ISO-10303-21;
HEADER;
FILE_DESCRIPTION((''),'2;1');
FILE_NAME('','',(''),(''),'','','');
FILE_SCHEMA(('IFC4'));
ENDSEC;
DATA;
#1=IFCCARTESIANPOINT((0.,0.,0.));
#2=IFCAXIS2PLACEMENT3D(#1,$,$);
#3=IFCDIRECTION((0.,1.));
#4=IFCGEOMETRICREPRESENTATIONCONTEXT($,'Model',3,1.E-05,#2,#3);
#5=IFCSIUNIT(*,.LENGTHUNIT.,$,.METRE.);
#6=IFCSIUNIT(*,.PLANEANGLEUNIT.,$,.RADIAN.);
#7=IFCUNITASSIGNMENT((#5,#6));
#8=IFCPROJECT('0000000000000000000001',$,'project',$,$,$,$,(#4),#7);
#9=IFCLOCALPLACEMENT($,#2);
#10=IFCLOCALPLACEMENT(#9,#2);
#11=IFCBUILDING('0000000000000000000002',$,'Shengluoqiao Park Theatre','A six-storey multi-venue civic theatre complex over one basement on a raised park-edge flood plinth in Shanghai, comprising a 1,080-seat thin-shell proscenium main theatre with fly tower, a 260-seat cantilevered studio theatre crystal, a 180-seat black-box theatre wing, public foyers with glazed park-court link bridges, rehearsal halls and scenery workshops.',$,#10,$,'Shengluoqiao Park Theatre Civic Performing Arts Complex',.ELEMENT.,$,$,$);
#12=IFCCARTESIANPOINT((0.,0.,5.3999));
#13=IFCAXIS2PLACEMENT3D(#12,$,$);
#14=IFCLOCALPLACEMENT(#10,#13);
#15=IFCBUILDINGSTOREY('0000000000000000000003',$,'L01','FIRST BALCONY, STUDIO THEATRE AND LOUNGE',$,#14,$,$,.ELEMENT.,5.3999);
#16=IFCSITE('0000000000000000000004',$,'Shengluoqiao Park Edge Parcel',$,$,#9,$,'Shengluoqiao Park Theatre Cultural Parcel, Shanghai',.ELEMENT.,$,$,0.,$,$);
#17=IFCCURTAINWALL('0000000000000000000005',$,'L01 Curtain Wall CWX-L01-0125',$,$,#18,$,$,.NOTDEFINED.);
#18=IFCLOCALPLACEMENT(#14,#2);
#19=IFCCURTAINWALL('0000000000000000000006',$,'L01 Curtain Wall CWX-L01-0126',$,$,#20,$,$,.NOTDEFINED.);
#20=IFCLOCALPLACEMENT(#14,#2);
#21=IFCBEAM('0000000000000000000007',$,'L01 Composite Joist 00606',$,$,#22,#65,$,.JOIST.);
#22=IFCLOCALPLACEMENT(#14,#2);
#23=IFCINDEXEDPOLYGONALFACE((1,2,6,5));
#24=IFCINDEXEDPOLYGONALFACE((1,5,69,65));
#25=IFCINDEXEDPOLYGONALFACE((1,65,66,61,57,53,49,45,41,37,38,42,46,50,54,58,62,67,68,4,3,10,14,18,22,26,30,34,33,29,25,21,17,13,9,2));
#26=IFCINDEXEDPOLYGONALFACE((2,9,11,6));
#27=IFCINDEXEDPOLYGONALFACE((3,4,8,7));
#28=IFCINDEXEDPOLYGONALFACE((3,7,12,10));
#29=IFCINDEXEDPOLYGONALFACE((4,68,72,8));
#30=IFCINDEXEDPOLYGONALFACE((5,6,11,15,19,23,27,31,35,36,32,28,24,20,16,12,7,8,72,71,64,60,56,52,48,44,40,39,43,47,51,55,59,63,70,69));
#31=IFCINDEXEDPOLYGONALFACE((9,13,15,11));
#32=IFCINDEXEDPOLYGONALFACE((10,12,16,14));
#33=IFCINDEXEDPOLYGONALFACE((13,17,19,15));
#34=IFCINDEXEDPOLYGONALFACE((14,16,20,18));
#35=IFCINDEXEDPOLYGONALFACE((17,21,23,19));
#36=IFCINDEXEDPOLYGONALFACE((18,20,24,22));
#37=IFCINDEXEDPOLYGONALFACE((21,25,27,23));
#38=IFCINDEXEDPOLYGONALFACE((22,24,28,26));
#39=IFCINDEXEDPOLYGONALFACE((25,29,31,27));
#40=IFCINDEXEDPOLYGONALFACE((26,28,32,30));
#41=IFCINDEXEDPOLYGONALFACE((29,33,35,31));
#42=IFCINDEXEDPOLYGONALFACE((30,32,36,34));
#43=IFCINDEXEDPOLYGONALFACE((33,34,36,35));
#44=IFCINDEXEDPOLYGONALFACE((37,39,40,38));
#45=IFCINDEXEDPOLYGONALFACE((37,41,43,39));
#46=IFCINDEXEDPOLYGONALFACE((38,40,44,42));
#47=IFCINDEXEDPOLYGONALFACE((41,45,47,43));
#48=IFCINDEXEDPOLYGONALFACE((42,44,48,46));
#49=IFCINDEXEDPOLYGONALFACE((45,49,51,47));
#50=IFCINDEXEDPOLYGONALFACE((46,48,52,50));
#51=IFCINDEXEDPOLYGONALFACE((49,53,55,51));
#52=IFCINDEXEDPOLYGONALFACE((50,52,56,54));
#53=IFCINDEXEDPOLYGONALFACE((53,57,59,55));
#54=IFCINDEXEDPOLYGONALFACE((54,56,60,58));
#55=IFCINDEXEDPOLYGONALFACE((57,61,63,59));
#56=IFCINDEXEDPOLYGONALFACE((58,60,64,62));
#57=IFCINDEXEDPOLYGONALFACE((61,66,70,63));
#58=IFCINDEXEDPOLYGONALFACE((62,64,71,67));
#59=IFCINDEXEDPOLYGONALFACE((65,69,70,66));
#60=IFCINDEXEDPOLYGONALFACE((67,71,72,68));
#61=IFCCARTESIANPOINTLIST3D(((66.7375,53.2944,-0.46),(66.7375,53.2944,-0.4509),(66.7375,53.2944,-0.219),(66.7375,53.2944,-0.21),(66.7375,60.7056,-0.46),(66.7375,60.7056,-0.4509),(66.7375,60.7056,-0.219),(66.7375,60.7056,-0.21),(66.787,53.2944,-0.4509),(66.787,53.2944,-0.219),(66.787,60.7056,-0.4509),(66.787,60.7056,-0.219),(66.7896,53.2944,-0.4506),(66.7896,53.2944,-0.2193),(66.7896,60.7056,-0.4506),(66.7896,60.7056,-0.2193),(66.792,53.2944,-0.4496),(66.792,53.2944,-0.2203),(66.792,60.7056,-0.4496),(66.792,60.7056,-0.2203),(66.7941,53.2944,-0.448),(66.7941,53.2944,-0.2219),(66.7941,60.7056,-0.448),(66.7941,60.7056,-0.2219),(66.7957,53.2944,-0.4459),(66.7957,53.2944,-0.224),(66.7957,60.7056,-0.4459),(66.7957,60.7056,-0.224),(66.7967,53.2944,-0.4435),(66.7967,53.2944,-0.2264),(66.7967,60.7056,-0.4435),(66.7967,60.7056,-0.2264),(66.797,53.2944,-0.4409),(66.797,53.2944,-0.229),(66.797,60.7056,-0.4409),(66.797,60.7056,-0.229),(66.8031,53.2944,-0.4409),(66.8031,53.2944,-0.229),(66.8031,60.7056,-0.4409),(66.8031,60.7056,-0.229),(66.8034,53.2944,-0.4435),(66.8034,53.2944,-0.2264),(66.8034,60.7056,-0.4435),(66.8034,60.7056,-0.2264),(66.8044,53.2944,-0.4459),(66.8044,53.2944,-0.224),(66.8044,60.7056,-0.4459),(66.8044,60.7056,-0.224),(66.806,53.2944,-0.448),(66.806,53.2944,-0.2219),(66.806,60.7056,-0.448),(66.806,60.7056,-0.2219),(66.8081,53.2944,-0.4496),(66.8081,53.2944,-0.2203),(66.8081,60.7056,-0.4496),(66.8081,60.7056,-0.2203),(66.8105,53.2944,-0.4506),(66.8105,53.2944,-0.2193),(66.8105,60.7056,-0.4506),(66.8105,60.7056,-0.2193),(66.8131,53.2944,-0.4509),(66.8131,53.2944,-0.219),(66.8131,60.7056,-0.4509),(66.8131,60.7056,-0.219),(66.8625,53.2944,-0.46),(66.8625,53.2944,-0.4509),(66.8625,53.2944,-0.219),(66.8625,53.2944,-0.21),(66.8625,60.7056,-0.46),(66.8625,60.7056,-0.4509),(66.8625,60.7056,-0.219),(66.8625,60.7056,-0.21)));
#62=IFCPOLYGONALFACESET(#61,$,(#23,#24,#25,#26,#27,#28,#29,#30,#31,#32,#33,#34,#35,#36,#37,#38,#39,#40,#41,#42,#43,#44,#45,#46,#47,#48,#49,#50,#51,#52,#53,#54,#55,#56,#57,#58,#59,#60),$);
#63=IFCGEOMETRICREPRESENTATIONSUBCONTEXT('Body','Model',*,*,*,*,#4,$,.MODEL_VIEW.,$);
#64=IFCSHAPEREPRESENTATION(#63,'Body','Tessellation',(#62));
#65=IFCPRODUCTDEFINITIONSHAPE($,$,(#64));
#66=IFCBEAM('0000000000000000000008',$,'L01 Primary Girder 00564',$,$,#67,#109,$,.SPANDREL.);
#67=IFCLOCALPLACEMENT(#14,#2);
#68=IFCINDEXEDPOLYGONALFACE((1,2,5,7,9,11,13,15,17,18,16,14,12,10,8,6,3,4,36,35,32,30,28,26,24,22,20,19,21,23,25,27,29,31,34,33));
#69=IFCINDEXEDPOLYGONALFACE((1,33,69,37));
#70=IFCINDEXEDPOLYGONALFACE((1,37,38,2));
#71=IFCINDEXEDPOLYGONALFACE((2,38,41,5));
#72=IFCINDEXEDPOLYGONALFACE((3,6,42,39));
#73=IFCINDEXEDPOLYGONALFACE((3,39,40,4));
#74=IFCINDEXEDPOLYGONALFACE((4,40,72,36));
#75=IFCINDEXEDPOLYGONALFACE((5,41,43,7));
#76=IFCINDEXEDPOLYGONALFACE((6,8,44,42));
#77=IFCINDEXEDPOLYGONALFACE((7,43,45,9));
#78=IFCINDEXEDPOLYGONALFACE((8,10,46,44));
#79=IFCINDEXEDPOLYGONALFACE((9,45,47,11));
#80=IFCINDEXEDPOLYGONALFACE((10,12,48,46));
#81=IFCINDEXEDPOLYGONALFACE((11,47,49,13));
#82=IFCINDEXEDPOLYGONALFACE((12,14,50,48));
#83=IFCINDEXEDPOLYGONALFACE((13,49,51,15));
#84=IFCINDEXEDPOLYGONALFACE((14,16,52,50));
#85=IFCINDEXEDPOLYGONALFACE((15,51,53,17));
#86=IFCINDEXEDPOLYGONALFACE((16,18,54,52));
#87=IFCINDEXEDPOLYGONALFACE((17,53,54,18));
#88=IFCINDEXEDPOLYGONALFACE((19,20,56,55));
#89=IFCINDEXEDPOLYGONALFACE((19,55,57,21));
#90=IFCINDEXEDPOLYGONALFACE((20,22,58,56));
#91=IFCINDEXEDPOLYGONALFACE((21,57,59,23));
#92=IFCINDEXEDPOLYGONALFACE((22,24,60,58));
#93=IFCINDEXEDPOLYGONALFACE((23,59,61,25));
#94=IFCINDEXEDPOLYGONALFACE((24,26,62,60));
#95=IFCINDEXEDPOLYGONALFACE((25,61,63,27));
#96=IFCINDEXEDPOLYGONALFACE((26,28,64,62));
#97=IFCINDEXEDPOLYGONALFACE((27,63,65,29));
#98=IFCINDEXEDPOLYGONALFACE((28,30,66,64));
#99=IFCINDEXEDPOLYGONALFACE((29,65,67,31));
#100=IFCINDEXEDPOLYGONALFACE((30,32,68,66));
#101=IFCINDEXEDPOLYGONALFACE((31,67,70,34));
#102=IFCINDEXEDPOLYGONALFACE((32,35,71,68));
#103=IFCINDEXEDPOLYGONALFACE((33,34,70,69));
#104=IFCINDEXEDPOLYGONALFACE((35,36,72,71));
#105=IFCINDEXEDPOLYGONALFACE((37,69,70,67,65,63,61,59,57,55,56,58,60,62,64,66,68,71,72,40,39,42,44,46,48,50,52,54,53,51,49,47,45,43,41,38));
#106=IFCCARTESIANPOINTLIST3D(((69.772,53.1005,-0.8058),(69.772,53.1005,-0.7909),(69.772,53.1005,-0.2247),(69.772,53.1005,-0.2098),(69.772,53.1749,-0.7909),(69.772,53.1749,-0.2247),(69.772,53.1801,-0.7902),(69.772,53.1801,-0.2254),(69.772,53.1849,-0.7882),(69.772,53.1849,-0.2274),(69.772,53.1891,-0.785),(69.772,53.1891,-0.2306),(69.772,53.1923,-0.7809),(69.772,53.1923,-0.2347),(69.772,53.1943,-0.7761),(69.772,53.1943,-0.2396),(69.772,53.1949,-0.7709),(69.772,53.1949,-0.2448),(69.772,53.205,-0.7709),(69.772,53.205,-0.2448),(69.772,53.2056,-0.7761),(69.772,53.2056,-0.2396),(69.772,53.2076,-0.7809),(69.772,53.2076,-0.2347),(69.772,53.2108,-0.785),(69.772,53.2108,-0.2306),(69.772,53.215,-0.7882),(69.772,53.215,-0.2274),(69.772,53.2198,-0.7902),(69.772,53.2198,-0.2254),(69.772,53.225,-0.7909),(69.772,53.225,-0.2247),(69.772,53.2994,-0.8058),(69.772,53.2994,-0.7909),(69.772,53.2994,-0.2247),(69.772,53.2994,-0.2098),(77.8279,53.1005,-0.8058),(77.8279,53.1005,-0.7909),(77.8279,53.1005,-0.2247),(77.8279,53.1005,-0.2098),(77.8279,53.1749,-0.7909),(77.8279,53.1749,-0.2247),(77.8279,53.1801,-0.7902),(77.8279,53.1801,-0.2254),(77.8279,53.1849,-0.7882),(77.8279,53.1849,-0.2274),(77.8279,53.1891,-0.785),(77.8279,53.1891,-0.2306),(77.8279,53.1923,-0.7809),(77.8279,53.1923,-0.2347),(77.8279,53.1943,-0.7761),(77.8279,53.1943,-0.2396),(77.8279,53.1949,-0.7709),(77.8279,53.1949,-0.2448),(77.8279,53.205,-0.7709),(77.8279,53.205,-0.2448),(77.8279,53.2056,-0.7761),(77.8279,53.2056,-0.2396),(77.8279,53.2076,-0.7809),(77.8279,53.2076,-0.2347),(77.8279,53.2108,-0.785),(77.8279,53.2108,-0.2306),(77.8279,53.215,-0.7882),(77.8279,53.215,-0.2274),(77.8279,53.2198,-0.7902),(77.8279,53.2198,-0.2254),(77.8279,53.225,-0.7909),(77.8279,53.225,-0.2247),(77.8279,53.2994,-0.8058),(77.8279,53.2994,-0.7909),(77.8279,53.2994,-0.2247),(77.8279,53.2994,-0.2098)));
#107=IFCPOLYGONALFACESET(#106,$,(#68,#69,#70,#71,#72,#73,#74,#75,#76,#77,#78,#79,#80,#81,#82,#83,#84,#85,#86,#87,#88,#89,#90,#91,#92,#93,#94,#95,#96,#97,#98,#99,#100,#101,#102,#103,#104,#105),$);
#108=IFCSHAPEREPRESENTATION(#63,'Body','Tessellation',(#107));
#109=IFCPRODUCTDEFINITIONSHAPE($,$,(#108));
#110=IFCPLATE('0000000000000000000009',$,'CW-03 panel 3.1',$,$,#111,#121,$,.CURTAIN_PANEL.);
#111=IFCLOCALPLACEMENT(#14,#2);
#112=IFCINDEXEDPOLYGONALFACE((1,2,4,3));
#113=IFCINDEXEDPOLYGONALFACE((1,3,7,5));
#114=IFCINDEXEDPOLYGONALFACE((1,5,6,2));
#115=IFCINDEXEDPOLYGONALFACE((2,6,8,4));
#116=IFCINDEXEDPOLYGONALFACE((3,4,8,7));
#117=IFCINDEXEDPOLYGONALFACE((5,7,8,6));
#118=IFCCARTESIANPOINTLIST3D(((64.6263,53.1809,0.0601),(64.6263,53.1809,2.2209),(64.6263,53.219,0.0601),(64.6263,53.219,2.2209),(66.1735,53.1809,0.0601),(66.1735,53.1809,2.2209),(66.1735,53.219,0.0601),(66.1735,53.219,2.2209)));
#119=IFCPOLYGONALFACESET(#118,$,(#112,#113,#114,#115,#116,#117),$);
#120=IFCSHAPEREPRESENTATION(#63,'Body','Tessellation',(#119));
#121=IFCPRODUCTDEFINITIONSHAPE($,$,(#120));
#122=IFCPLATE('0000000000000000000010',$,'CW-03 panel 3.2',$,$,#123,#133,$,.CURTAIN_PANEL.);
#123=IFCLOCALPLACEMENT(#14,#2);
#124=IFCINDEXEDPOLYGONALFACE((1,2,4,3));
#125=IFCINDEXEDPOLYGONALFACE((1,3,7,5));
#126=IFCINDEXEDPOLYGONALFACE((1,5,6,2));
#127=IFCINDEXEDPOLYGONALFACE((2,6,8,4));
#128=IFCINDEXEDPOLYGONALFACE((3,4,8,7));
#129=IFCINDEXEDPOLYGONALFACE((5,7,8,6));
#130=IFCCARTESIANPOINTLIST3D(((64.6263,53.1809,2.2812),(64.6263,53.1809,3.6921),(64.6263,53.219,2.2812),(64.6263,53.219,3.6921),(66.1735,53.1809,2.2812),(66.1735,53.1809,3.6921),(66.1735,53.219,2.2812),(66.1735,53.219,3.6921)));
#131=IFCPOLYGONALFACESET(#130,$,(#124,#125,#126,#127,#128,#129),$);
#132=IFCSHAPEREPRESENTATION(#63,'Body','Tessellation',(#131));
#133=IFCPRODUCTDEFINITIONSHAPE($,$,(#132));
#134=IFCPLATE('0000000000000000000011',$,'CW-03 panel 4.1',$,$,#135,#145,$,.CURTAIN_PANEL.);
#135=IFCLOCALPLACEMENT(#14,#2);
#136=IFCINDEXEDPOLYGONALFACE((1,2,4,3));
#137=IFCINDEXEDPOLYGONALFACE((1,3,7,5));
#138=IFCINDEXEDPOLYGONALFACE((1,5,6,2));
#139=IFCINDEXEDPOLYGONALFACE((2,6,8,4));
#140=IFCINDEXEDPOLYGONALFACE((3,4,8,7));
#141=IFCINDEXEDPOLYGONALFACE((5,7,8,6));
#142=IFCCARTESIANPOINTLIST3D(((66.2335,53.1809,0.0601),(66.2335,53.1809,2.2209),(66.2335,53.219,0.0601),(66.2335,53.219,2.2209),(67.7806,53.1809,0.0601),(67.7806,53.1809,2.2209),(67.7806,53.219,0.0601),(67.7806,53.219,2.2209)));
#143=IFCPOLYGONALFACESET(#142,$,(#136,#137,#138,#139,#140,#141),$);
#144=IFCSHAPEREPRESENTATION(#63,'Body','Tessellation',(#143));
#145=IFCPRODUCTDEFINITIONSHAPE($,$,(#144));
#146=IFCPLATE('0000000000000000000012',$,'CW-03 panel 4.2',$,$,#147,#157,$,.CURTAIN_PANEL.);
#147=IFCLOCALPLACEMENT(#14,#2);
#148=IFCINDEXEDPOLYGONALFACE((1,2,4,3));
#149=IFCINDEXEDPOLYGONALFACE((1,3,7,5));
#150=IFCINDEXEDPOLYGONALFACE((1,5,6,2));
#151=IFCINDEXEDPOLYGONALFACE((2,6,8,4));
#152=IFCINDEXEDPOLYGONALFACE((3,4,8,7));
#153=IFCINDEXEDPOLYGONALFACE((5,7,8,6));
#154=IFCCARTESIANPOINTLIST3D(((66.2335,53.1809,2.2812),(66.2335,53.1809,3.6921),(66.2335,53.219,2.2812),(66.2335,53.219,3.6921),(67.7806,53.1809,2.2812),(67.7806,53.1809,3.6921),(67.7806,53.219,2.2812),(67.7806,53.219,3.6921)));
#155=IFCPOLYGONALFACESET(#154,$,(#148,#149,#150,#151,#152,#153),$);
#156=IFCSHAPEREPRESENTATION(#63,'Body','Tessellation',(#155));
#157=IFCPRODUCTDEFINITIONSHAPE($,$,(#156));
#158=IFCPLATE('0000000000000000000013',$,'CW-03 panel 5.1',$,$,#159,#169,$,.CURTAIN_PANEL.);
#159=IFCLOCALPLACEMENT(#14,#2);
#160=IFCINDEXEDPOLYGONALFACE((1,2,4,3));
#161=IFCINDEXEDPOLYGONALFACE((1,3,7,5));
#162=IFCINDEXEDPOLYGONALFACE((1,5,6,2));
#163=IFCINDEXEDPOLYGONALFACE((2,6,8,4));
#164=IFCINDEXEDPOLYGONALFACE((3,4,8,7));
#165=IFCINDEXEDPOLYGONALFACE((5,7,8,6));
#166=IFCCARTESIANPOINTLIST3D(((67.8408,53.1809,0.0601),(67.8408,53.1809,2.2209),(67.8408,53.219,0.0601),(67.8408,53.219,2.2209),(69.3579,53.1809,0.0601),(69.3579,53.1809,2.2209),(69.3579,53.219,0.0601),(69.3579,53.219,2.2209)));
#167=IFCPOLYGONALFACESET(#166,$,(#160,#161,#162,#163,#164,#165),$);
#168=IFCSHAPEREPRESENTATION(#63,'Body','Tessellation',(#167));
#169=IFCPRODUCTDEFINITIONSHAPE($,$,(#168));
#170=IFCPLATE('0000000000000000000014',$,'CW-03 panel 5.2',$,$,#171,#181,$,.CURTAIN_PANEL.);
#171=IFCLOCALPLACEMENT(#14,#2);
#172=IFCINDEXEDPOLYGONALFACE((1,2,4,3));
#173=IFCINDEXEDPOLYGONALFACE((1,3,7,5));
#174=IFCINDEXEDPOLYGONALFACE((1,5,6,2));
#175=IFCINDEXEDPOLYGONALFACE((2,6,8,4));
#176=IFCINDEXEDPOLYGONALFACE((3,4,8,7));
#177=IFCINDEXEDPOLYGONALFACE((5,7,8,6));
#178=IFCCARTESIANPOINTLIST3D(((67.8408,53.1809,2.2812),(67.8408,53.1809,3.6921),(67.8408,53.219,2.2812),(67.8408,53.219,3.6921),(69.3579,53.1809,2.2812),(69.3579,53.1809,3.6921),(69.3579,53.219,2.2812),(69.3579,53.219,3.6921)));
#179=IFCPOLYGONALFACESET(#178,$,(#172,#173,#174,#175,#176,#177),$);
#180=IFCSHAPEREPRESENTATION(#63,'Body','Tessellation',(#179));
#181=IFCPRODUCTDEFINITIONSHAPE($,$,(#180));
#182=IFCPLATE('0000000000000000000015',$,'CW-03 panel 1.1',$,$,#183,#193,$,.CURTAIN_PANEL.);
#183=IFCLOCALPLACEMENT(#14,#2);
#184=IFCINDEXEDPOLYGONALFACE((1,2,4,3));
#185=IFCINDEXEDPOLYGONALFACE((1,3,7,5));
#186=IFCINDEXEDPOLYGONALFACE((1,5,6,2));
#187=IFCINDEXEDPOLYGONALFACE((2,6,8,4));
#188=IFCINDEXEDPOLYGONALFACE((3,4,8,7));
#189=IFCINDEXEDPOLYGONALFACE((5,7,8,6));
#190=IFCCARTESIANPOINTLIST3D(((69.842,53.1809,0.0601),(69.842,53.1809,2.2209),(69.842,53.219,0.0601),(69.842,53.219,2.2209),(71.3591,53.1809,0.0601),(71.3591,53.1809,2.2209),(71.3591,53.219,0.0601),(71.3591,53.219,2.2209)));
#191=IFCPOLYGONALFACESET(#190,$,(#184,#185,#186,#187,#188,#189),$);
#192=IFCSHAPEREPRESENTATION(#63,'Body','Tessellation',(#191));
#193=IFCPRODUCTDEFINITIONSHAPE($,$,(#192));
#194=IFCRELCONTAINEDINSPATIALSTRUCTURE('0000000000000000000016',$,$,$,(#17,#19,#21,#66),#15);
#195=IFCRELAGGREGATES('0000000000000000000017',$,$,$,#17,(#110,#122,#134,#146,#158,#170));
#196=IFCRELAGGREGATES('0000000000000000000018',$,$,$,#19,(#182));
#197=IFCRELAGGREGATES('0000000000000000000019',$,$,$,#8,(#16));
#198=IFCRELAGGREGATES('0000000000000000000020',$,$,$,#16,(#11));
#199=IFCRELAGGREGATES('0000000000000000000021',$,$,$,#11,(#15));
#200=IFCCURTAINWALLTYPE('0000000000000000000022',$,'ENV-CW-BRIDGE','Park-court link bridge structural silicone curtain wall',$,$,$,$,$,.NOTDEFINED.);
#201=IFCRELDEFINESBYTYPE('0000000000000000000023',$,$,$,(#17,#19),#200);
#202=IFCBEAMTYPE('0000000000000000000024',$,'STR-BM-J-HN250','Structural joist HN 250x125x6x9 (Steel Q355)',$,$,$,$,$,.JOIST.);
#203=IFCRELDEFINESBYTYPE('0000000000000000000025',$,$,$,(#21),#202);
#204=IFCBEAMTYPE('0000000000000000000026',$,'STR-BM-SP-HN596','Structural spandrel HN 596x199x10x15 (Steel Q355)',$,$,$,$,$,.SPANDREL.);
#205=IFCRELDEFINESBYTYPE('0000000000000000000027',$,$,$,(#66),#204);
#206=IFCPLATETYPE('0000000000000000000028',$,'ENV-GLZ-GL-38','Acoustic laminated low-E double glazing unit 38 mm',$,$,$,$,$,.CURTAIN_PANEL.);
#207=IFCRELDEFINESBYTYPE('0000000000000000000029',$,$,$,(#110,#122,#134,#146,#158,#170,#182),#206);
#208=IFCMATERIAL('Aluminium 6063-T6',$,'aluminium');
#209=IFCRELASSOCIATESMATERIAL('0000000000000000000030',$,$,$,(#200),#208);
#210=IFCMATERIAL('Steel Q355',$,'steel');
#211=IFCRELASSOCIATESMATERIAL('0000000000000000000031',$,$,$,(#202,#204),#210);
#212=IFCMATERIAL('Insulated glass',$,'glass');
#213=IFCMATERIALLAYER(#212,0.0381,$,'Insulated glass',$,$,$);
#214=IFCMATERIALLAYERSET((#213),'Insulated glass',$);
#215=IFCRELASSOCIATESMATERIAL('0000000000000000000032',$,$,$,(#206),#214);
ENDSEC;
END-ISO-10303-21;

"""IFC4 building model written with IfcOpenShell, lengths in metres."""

from ifc_helpers import new_model, si_unit, direction, frame, origin, origin_2d, place, context, subcontext, project, spatial, rectangle, i_section, extrude, material, layer, layer_set, material_profile, profile_set, type_object, element, aggregate, save


model = new_model("IFC4")

# Units and contexts
model_context = context("Model", 3, precision=1e-05, world=origin(), true_north=direction((0.0, 1.0)))
body_context = subcontext(model_context, "Body", "Model", "MODEL_VIEW")
ifc_project = project(units=[si_unit("LENGTHUNIT", "METRE"), si_unit("PLANEANGLEUNIT", "RADIAN")], contexts=[model_context])

# Site, building, storey
site_placement = place(None, origin())
site = spatial("IfcSite", under=ifc_project, at=site_placement, Name="Shengluoqiao Park Edge Parcel", LongName="Shengluoqiao Park Theatre Cultural Parcel, Shanghai", CompositionType="ELEMENT", RefElevation=0.0)
building_placement = place(site_placement, origin())
building = spatial("IfcBuilding", under=site, at=building_placement, Name="Shengluoqiao Park Theatre", Description="A six-storey multi-venue civic theatre complex over one basement on a raised park-edge flood plinth in Shanghai, comprising a 1,080-seat thin-shell proscenium main theatre with fly tower, a 260-seat cantilevered studio theatre crystal, a 180-seat black-box theatre wing, public foyers with glazed park-court link bridges, rehearsal halls and scenery workshops.", LongName="Shengluoqiao Park Theatre Civic Performing Arts Complex", CompositionType="ELEMENT")
storey_placement = place(building_placement, frame((0.0, 0.0, 5.3999)))
storey = spatial("IfcBuildingStorey", under=building, at=storey_placement, Name="L01", Description="FIRST BALCONY, STUDIO THEATRE AND LOUNGE", CompositionType="ELEMENT", Elevation=5.3999)

# Shared definitions
ifc_material_1 = material(Name="Steel Q355", Category="steel")

# Curtain walls
ifc_material_2 = material(Name="Aluminium 6063-T6", Category="aluminium")
curtain_wall_type = type_object("IfcCurtainWallType", Name="ENV-CW-BRIDGE", Description="Park-court link bridge structural silicone curtain wall", PredefinedType="NOTDEFINED", material=ifc_material_2)
curtain_wall_1_placement = place(storey_placement, origin())
curtain_wall_1 = element("IfcCurtainWall", 1, at=curtain_wall_1_placement, inside=storey, type_object=curtain_wall_type, Name="L01 Curtain Wall CWX-L01-0125", PredefinedType="NOTDEFINED")
curtain_wall_2_placement = place(storey_placement, origin())
curtain_wall_2 = element("IfcCurtainWall", 2, at=curtain_wall_2_placement, inside=storey, type_object=curtain_wall_type, Name="L01 Curtain Wall CWX-L01-0126", PredefinedType="NOTDEFINED")

# Beams
ifc_material_profile_1 = material_profile(ifc_material_1, i_section(OverallWidth=0.125, OverallDepth=0.25, WebThickness=0.0061, FlangeThickness=0.009, FilletRadius=0.01, at=origin_2d()), Name="HN 250x125x6x9")
ifc_profile_set_1 = profile_set([ifc_material_profile_1], Name="Steel Q355")
beam_type_1 = type_object("IfcBeamType", Name="STR-BM-J-HN250", Description="Structural joist HN 250x125x6x9 (Steel Q355)", PredefinedType="JOIST", material=ifc_profile_set_1)
beam_1_placement = place(storey_placement, frame((66.8, 53.2944, -0.335), z_axis=(0.0, 1.0, 0.0), x_axis=(-1.0, 0.0, 0.0)))
element("IfcBeam", 3, at=beam_1_placement, inside=storey, type_object=beam_type_1, Name="L01 Composite Joist 00606", PredefinedType="JOIST", context=body_context, shape_type="SweptSolid", body=[
    extrude(i_section(OverallWidth=0.125, OverallDepth=0.25, WebThickness=0.0061, FlangeThickness=0.009, FilletRadius=0.01, at=origin_2d()), origin(), (0.0, 0.0, 1.0), 7.4111),
])
ifc_material_profile_2 = material_profile(ifc_material_1, i_section(OverallWidth=0.199, OverallDepth=0.5959, WebThickness=0.01, FlangeThickness=0.0149, FilletRadius=0.02, at=origin_2d()), Name="HN 596x199x10x15")
ifc_profile_set_2 = profile_set([ifc_material_profile_2], Name="Steel Q355")
beam_type_2 = type_object("IfcBeamType", Name="STR-BM-SP-HN596", Description="Structural spandrel HN 596x199x10x15 (Steel Q355)", PredefinedType="SPANDREL", material=ifc_profile_set_2)
beam_2_placement = place(storey_placement, frame((69.772, 53.2, -0.5078), z_axis=(1.0, 0.0, 0.0), x_axis=(0.0, 1.0, 0.0)))
element("IfcBeam", 4, at=beam_2_placement, inside=storey, type_object=beam_type_2, Name="L01 Primary Girder 00564", PredefinedType="SPANDREL", context=body_context, shape_type="SweptSolid", body=[
    extrude(i_section(OverallWidth=0.199, OverallDepth=0.5959, WebThickness=0.01, FlangeThickness=0.0149, FilletRadius=0.02, at=origin_2d()), origin(), (0.0, 0.0, 1.0), 8.0559),
])

# Plates
ifc_material_3 = material(Name="Insulated glass", Category="glass")
ifc_layer_1 = layer(ifc_material_3, 0.0381, Name="Insulated glass")
ifc_layer_set_1 = layer_set([ifc_layer_1], Name="Insulated glass")
plate_type_1 = type_object("IfcPlateType", Name="ENV-GLZ-GL-38", Description="Acoustic laminated low-E double glazing unit 38 mm", PredefinedType="CURTAIN_PANEL", material=ifc_layer_set_1)
plate_1_placement = place(storey_placement, frame((65.3999, 53.2, 0.0601), z_axis=(0.0, 0.0, 1.0), x_axis=(1.0, 0.0, 0.0)))
plate_1 = element("IfcPlate", 5, at=plate_1_placement, type_object=plate_type_1, Name="CW-03 panel 3.1", PredefinedType="CURTAIN_PANEL", context=body_context, shape_type="SweptSolid", body=[
    extrude(rectangle(XDim=1.5471, YDim=0.0381, at=origin_2d()), origin(), (0.0, 0.0, 1.0), 2.1609),
])
plate_2_placement = place(storey_placement, frame((65.3999, 53.2, 2.2812), z_axis=(0.0, 0.0, 1.0), x_axis=(1.0, 0.0, 0.0)))
plate_2 = element("IfcPlate", 6, at=plate_2_placement, type_object=plate_type_1, Name="CW-03 panel 3.2", PredefinedType="CURTAIN_PANEL", context=body_context, shape_type="SweptSolid", body=[
    extrude(rectangle(XDim=1.5471, YDim=0.0381, at=origin_2d()), origin(), (0.0, 0.0, 1.0), 1.4109),
])
plate_3_placement = place(storey_placement, frame((67.0071, 53.2, 0.0601), z_axis=(0.0, 0.0, 1.0), x_axis=(1.0, 0.0, 0.0)))
plate_3 = element("IfcPlate", 7, at=plate_3_placement, type_object=plate_type_1, Name="CW-03 panel 4.1", PredefinedType="CURTAIN_PANEL", context=body_context, shape_type="SweptSolid", body=[
    extrude(rectangle(XDim=1.5471, YDim=0.0381, at=origin_2d()), origin(), (0.0, 0.0, 1.0), 2.1609),
])
plate_4_placement = place(storey_placement, frame((67.0071, 53.2, 2.2812), z_axis=(0.0, 0.0, 1.0), x_axis=(1.0, 0.0, 0.0)))
plate_4 = element("IfcPlate", 8, at=plate_4_placement, type_object=plate_type_1, Name="CW-03 panel 4.2", PredefinedType="CURTAIN_PANEL", context=body_context, shape_type="SweptSolid", body=[
    extrude(rectangle(XDim=1.5471, YDim=0.0381, at=origin_2d()), origin(), (0.0, 0.0, 1.0), 1.4109),
])
plate_5_placement = place(storey_placement, frame((68.5994, 53.2, 0.0601), z_axis=(0.0, 0.0, 1.0), x_axis=(1.0, 0.0, 0.0)))
plate_5 = element("IfcPlate", 9, at=plate_5_placement, type_object=plate_type_1, Name="CW-03 panel 5.1", PredefinedType="CURTAIN_PANEL", context=body_context, shape_type="SweptSolid", body=[
    extrude(rectangle(XDim=1.5171, YDim=0.0381, at=origin_2d()), origin(), (0.0, 0.0, 1.0), 2.1609),
])
plate_6_placement = place(storey_placement, frame((68.5994, 53.2, 2.2812), z_axis=(0.0, 0.0, 1.0), x_axis=(1.0, 0.0, 0.0)))
plate_6 = element("IfcPlate", 10, at=plate_6_placement, type_object=plate_type_1, Name="CW-03 panel 5.2", PredefinedType="CURTAIN_PANEL", context=body_context, shape_type="SweptSolid", body=[
    extrude(rectangle(XDim=1.5171, YDim=0.0381, at=origin_2d()), origin(), (0.0, 0.0, 1.0), 1.4109),
])
aggregate(curtain_wall_1, [plate_1, plate_2, plate_3, plate_4, plate_5, plate_6])
plate_7_placement = place(storey_placement, frame((70.6006, 53.2, 0.0601), z_axis=(0.0, 0.0, 1.0), x_axis=(1.0, 0.0, 0.0)))
plate_7 = element("IfcPlate", 11, at=plate_7_placement, type_object=plate_type_1, Name="CW-03 panel 1.1", PredefinedType="CURTAIN_PANEL", context=body_context, shape_type="SweptSolid", body=[
    extrude(rectangle(XDim=1.5171, YDim=0.0381, at=origin_2d()), origin(), (0.0, 0.0, 1.0), 2.1609),
])
aggregate(curtain_wall_2, [plate_7])

save(model, "model.ifc")
